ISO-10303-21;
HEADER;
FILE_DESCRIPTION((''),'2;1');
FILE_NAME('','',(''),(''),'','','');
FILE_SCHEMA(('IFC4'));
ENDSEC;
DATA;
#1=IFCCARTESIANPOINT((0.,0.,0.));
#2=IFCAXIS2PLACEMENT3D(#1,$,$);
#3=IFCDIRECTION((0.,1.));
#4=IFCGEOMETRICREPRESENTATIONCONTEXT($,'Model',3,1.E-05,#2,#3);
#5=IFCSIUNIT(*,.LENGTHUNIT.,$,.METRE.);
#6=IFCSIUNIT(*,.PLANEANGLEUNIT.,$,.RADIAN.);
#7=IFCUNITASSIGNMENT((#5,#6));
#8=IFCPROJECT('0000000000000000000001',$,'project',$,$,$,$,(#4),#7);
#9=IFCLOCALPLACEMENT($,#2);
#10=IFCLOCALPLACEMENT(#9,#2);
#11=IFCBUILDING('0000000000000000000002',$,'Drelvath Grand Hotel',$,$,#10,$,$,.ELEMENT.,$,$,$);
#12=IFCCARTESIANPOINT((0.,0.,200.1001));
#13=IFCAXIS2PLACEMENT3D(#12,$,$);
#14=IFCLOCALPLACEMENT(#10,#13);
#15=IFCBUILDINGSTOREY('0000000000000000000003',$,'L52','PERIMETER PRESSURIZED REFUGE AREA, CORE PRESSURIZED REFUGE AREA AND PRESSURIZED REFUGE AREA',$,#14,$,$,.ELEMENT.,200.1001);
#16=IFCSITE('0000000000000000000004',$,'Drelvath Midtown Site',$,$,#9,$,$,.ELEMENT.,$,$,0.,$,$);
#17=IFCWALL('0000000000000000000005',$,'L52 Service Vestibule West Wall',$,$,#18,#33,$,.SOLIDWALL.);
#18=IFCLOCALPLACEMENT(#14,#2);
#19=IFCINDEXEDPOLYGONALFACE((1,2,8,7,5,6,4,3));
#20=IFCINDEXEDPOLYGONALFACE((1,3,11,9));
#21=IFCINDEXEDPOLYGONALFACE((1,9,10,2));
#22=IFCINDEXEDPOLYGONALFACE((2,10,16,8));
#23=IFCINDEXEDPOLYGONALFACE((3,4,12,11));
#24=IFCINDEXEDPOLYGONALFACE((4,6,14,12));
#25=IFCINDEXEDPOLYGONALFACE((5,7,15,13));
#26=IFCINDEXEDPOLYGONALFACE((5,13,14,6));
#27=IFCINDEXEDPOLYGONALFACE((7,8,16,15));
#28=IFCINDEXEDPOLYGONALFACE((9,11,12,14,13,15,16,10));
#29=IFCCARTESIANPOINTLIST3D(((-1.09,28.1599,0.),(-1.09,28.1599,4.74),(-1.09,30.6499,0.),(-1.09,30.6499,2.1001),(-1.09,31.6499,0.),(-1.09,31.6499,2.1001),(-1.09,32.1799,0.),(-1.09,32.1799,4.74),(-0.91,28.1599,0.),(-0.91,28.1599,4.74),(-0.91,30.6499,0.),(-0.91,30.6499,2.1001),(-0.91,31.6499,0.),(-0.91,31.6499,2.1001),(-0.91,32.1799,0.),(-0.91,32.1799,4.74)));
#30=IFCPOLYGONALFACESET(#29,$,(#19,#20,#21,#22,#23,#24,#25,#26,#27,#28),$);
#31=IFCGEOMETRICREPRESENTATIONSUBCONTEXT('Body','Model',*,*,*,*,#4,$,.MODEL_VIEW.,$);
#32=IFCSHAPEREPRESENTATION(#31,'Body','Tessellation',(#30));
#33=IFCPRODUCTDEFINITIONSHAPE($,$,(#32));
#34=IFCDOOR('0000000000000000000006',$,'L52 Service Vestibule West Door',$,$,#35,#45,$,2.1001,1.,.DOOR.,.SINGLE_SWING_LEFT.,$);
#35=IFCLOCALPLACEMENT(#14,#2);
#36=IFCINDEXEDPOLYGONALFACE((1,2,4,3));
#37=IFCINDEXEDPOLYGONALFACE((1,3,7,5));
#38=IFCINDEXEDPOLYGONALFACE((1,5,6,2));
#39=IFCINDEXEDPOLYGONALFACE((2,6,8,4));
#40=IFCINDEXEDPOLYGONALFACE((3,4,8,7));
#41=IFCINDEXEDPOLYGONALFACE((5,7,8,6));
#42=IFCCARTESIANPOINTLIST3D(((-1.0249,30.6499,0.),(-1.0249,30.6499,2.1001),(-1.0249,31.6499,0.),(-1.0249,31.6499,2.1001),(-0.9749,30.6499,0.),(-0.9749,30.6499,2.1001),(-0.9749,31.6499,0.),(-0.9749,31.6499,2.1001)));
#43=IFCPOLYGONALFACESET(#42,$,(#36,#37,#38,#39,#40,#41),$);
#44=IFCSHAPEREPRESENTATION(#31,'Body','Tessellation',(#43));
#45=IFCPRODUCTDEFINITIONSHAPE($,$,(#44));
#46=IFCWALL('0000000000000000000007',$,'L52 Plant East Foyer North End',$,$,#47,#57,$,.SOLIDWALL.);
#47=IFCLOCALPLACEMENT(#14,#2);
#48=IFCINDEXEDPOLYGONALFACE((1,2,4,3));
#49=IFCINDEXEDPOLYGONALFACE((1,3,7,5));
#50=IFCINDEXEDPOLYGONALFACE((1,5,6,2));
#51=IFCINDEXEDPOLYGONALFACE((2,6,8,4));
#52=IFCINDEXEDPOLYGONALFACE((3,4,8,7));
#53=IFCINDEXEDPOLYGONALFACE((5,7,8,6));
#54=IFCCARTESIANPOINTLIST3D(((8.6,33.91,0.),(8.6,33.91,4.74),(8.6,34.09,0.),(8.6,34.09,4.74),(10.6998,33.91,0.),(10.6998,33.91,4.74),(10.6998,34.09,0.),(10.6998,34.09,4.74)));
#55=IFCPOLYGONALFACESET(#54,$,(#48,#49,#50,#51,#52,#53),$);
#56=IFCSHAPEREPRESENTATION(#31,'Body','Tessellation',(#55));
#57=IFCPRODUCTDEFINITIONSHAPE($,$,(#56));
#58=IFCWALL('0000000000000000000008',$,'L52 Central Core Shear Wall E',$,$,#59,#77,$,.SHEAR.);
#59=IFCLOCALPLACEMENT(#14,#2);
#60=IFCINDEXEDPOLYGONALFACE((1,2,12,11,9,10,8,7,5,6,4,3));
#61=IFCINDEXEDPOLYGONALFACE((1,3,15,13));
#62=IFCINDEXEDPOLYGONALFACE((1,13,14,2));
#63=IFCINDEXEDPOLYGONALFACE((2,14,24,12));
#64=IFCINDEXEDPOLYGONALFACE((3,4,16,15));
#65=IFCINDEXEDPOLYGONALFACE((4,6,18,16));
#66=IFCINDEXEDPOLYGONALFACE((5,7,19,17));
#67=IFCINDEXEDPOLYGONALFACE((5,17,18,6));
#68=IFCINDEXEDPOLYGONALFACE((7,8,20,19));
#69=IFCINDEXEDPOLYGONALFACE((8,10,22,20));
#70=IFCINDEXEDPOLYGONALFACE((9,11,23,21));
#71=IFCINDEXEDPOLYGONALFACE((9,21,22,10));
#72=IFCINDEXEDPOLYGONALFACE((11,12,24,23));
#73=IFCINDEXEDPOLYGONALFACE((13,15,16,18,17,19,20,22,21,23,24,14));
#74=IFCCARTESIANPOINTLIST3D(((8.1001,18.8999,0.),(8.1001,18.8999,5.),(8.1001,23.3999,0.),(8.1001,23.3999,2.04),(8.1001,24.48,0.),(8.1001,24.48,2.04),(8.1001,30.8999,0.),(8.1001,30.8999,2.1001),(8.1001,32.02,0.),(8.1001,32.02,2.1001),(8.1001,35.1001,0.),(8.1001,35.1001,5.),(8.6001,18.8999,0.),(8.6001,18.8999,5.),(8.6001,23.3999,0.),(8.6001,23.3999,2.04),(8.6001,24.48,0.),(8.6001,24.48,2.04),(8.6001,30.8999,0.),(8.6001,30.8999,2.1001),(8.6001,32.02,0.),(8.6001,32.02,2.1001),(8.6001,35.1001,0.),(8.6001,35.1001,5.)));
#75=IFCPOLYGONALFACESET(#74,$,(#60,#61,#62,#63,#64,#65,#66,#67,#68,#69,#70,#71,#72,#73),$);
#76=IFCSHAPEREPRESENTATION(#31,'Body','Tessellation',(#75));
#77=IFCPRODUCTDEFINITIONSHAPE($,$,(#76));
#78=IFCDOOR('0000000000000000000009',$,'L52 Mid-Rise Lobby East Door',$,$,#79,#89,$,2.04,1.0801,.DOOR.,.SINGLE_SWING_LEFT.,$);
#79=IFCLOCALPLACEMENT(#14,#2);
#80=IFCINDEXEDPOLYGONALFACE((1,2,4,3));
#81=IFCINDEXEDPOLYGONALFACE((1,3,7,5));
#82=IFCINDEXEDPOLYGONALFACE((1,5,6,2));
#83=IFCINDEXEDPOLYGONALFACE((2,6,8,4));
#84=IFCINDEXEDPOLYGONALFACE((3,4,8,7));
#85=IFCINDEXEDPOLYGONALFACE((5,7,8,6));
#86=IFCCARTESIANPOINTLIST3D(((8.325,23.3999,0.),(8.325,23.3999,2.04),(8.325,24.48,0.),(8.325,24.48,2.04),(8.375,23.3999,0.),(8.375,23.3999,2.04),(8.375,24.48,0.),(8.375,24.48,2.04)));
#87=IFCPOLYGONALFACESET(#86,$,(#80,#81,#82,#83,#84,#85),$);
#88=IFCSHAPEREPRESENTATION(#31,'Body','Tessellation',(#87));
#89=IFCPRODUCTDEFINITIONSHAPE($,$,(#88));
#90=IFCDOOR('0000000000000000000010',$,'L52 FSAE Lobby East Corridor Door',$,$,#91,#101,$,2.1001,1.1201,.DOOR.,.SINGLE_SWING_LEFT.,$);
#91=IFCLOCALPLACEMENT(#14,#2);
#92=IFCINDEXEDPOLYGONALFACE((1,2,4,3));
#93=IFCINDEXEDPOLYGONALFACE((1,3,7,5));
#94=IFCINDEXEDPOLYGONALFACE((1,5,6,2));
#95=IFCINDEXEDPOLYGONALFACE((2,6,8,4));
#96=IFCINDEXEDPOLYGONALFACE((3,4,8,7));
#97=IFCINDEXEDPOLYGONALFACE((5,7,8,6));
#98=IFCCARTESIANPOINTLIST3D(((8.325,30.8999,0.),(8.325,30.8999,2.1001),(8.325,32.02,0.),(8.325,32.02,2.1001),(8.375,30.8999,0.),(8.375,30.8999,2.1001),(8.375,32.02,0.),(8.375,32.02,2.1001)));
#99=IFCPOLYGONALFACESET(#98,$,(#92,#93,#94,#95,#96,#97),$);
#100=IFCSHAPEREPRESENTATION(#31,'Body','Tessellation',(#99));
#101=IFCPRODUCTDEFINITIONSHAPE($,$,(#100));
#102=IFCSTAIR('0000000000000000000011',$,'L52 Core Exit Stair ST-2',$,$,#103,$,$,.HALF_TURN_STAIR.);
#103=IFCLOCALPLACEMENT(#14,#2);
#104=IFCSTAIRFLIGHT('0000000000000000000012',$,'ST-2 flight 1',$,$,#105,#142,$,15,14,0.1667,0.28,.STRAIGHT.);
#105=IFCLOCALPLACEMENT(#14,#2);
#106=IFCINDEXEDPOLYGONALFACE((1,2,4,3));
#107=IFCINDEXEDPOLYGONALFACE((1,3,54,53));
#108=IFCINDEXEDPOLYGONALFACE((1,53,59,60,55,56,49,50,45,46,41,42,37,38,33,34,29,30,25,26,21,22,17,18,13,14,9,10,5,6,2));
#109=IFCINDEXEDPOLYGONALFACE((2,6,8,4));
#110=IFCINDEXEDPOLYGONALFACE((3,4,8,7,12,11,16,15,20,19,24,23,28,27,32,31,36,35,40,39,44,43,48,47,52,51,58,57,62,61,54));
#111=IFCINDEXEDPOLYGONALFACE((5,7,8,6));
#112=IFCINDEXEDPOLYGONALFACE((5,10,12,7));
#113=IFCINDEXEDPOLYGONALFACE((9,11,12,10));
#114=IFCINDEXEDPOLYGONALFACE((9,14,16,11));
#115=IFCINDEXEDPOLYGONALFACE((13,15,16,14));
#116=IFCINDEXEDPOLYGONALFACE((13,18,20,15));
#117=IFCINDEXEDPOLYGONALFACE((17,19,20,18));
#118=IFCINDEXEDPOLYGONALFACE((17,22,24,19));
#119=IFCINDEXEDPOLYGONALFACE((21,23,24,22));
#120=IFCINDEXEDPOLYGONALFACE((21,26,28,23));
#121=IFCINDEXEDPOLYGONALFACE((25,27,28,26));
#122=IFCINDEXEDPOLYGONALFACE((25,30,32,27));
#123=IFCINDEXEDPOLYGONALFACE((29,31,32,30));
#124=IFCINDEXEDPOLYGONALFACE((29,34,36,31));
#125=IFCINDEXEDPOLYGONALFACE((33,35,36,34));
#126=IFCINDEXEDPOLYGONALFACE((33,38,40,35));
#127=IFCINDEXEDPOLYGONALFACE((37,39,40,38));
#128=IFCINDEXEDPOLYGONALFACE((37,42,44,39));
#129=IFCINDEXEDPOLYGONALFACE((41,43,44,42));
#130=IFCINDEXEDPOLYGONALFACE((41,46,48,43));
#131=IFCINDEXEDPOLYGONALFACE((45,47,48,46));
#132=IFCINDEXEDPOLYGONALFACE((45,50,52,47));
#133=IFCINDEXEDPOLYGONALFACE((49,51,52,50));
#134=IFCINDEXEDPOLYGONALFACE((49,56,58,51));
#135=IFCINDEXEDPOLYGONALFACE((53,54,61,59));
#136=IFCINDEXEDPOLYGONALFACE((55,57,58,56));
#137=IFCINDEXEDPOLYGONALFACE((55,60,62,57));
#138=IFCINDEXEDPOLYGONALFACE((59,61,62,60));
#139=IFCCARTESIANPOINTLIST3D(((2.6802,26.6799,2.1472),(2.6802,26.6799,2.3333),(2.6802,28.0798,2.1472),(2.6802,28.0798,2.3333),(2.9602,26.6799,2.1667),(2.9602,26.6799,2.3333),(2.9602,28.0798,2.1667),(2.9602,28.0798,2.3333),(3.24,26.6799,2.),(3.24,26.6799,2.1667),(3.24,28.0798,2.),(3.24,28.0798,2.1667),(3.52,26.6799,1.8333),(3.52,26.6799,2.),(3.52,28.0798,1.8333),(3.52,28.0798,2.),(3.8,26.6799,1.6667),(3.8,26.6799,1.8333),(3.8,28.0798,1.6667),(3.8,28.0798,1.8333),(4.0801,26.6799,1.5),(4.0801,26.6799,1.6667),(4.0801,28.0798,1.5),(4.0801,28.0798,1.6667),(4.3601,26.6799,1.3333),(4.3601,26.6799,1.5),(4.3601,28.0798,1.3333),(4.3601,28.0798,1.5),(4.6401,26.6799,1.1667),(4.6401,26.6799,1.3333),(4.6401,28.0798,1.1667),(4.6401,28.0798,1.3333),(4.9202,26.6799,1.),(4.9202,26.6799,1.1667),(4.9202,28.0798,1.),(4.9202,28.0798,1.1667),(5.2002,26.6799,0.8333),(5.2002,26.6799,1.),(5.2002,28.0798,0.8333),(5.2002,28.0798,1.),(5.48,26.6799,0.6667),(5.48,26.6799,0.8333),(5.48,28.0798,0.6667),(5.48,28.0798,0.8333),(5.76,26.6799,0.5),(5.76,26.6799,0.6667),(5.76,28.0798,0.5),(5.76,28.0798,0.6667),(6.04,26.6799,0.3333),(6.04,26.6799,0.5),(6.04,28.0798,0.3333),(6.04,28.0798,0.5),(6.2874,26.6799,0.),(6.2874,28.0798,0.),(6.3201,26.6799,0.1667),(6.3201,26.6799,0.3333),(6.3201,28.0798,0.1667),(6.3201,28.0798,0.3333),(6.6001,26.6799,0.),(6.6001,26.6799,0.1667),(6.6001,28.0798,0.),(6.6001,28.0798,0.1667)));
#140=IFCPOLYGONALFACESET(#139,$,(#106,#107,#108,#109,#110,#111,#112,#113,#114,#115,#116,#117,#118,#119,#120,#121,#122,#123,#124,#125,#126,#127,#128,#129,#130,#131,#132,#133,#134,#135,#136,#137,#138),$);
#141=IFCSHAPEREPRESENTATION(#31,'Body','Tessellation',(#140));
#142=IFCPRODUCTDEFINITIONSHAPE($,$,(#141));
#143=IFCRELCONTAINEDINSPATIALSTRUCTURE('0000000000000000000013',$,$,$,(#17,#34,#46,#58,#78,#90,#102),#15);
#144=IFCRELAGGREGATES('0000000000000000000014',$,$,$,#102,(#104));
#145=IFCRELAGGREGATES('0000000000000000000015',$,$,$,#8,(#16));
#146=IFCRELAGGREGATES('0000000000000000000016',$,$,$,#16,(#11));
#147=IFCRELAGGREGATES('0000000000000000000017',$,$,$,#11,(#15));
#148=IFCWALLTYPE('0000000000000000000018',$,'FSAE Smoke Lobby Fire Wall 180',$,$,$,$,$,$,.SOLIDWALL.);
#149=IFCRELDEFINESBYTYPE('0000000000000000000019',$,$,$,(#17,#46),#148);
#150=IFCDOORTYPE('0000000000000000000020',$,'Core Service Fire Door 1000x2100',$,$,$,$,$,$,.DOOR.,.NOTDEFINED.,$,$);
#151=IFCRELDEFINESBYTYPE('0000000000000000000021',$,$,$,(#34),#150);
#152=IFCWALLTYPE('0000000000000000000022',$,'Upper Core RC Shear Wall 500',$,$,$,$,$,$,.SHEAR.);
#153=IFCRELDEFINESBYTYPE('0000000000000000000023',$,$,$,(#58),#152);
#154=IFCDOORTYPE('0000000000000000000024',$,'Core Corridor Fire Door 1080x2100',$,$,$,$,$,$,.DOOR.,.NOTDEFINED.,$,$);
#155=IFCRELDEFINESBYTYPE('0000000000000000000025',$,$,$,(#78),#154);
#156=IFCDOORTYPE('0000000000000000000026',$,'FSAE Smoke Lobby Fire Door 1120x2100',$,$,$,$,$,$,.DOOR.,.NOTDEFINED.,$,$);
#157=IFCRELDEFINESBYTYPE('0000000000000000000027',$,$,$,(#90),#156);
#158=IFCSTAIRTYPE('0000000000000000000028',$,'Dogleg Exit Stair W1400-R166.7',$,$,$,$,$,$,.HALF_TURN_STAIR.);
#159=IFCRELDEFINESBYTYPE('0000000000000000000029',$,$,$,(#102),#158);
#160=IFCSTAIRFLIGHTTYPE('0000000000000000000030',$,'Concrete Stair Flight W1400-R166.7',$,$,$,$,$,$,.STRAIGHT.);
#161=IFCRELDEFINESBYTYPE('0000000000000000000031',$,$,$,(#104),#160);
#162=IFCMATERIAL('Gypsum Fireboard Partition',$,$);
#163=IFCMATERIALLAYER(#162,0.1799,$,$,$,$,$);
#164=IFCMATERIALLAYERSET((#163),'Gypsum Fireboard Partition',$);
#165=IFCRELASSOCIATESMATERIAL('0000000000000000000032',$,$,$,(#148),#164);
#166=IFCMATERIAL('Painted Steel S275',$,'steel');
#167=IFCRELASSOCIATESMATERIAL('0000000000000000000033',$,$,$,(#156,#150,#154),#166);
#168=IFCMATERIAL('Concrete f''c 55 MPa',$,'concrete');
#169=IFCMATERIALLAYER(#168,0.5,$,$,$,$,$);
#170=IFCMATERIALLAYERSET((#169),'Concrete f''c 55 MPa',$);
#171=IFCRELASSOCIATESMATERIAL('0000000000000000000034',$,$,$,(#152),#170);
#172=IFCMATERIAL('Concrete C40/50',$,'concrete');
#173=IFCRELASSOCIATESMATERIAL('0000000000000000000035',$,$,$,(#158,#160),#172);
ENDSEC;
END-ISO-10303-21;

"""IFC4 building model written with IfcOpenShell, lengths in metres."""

from ifc_helpers import new_model, si_unit, direction, frame, frame_2d, origin, place, context, subcontext, project, spatial, polyline, rectangle, outline, extrude, material, layer, layer_set, type_object, element, fill, aggregate, save


model = new_model("IFC4")

# Units and contexts
model_context = context("Model", 3, precision=1e-05, world=origin(), true_north=direction((0.0, 1.0)))
body_context = subcontext(model_context, "Body", "Model", "MODEL_VIEW")
ifc_project = project(units=[si_unit("LENGTHUNIT", "METRE"), si_unit("PLANEANGLEUNIT", "RADIAN")], contexts=[model_context])

# Site, building, storey
site_placement = place(None, origin())
site = spatial("IfcSite", under=ifc_project, at=site_placement, Name="Drelvath Midtown Site", CompositionType="ELEMENT", RefElevation=0.0)
building_placement = place(site_placement, origin())
building = spatial("IfcBuilding", under=site, at=building_placement, Name="Drelvath Grand Hotel", CompositionType="ELEMENT")
storey_placement = place(building_placement, frame((0.0, 0.0, 200.1001)))
storey = spatial("IfcBuildingStorey", under=building, at=storey_placement, Name="L52", Description="PERIMETER PRESSURIZED REFUGE AREA, CORE PRESSURIZED REFUGE AREA AND PRESSURIZED REFUGE AREA", CompositionType="ELEMENT", Elevation=200.1001)

# Shared definitions
ifc_material_1 = material(Name="Concrete f'c 55 MPa", Category="concrete")

# Shared definitions
ifc_material_2 = material(Name="Concrete C40/50", Category="concrete")

# Shared definitions
ifc_material_3 = material(Name="Painted Steel S275", Category="steel")

# Shared definitions
ifc_material_4 = material(Name="Gypsum Fireboard Partition")

# Wall, opening, door
ifc_layer_1 = layer(ifc_material_4, 0.1799)
ifc_layer_set_1 = layer_set([ifc_layer_1], Name="Gypsum Fireboard Partition")
wall_type_1 = type_object("IfcWallType", Name="FSAE Smoke Lobby Fire Wall 180", PredefinedType="SOLIDWALL", material=ifc_layer_set_1)
door_type_1 = type_object("IfcDoorType", Name="FSAE Smoke Lobby Fire Door 1120x2100", OperationType="NOTDEFINED", PredefinedType="DOOR", material=ifc_material_3)
wall_1_placement = place(storey_placement, frame((-1.0, 28.1599, 0.0), z_axis=(0.0, 0.0, 1.0), x_axis=(0.0, 1.0, 0.0)))
wall_1 = element("IfcWall", 1, at=wall_1_placement, inside=storey, type_object=wall_type_1, Name="L52 Service Vestibule West Wall", PredefinedType="SOLIDWALL", context=body_context, shape_type="SweptSolid", body=[
    extrude(rectangle(XDim=4.02, YDim=0.1799, at=frame_2d((2.01, 0.0))), origin(), (0.0, 0.0, 1.0), 4.74),
])
opening_1_placement = place(wall_1_placement, frame((2.49, 0.0, 0.0)))
opening_1 = element("IfcOpeningElement", 2, at=opening_1_placement, cuts=wall_1, PredefinedType="OPENING", context=body_context, shape_type="SweptSolid", body=[
    extrude(rectangle(XDim=1.0, YDim=2.1001, at=frame_2d((0.5, 1.05))), frame((0.0, 0.0999, 0.0), z_axis=(0.0, -1.0, 0.0), x_axis=(1.0, 0.0, 0.0)), (0.0, 0.0, 1.0), 0.2),
])
door_type_2 = type_object("IfcDoorType", Name="Core Service Fire Door 1000x2100", OperationType="NOTDEFINED", PredefinedType="DOOR", material=ifc_material_3)
door_1_placement = place(opening_1_placement, origin())
door_1 = element("IfcDoor", 3, at=door_1_placement, inside=storey, type_object=door_type_2, Name="L52 Service Vestibule West Door", OperationType="SINGLE_SWING_LEFT", OverallHeight=2.1001, OverallWidth=1.0, PredefinedType="DOOR", context=body_context, shape_type="SweptSolid", body=[
    extrude(rectangle(XDim=1.0, YDim=2.1001, at=frame_2d((0.5, 1.05))), frame((0.0, 0.0249, 0.0), z_axis=(0.0, -1.0, 0.0), x_axis=(1.0, 0.0, 0.0)), (0.0, 0.0, 1.0), 0.05),
])
fill(opening_1, door_1)

# Wall
wall_2_placement = place(storey_placement, frame((8.6001, 34.0, 0.0), z_axis=(0.0, 0.0, 1.0), x_axis=(1.0, 0.0, 0.0)))
element("IfcWall", 4, at=wall_2_placement, inside=storey, type_object=wall_type_1, Name="L52 Plant East Foyer North End", PredefinedType="SOLIDWALL", context=body_context, shape_type="SweptSolid", body=[
    extrude(rectangle(XDim=2.0999, YDim=0.1799, at=frame_2d((1.0498, 0.0))), origin(), (0.0, 0.0, 1.0), 4.74),
])

# Wall, openings, doors
ifc_layer_2 = layer(ifc_material_1, 0.5)
ifc_layer_set_2 = layer_set([ifc_layer_2], Name="Concrete f'c 55 MPa")
wall_type_2 = type_object("IfcWallType", Name="Upper Core RC Shear Wall 500", PredefinedType="SHEAR", material=ifc_layer_set_2)
wall_3_placement = place(storey_placement, frame((8.3501, 35.1001, 0.0), z_axis=(0.0, 0.0, 1.0), x_axis=(0.0, -1.0, 0.0)))
wall_3 = element("IfcWall", 5, at=wall_3_placement, inside=storey, type_object=wall_type_2, Name="L52 Central Core Shear Wall E", PredefinedType="SHEAR", context=body_context, shape_type="SweptSolid", body=[
    extrude(rectangle(XDim=16.2002, YDim=0.5, at=frame_2d((8.1001, 0.0))), origin(), (0.0, 0.0, 1.0), 5.0),
])
opening_2_placement = place(wall_3_placement, frame((3.0801, 0.0, 0.0)))
opening_2 = element("IfcOpeningElement", 6, at=opening_2_placement, cuts=wall_3, PredefinedType="OPENING", context=body_context, shape_type="SweptSolid", body=[
    extrude(rectangle(XDim=1.1201, YDim=2.1001, at=frame_2d((0.5601, 1.05))), frame((0.0, 0.26, 0.0), z_axis=(0.0, -1.0, 0.0), x_axis=(1.0, 0.0, 0.0)), (0.0, 0.0, 1.0), 0.52),
])
opening_3_placement = place(wall_3_placement, frame((10.6201, 0.0, 0.0)))
opening_3 = element("IfcOpeningElement", 7, at=opening_3_placement, cuts=wall_3, PredefinedType="OPENING", context=body_context, shape_type="SweptSolid", body=[
    extrude(rectangle(XDim=1.0801, YDim=2.04, at=frame_2d((0.54, 1.02))), frame((0.0, 0.26, 0.0), z_axis=(0.0, -1.0, 0.0), x_axis=(1.0, 0.0, 0.0)), (0.0, 0.0, 1.0), 0.52),
])
door_type_3 = type_object("IfcDoorType", Name="Core Corridor Fire Door 1080x2100", OperationType="NOTDEFINED", PredefinedType="DOOR", material=ifc_material_3)
door_2_placement = place(opening_3_placement, origin())
door_2 = element("IfcDoor", 8, at=door_2_placement, inside=storey, type_object=door_type_3, Name="L52 Mid-Rise Lobby East Door", OperationType="SINGLE_SWING_LEFT", OverallHeight=2.04, OverallWidth=1.0801, PredefinedType="DOOR", context=body_context, shape_type="SweptSolid", body=[
    extrude(rectangle(XDim=1.0801, YDim=2.04, at=frame_2d((0.54, 1.02))), frame((0.0, 0.0249, 0.0), z_axis=(0.0, -1.0, 0.0), x_axis=(1.0, 0.0, 0.0)), (0.0, 0.0, 1.0), 0.05),
])
fill(opening_3, door_2)
door_3_placement = place(opening_2_placement, origin())
door_3 = element("IfcDoor", 9, at=door_3_placement, inside=storey, type_object=door_type_1, Name="L52 FSAE Lobby East Corridor Door", OperationType="SINGLE_SWING_LEFT", OverallHeight=2.1001, OverallWidth=1.1201, PredefinedType="DOOR", context=body_context, shape_type="SweptSolid", body=[
    extrude(rectangle(XDim=1.1201, YDim=2.1001, at=frame_2d((0.5601, 1.05))), frame((0.0, 0.0249, 0.0), z_axis=(0.0, -1.0, 0.0), x_axis=(1.0, 0.0, 0.0)), (0.0, 0.0, 1.0), 0.05),
])
fill(opening_2, door_3)

# Stair, stair flight
stair_type = type_object("IfcStairType", Name="Dogleg Exit Stair W1400-R166.7", PredefinedType="HALF_TURN_STAIR", material=ifc_material_2)
stair_placement = place(storey_placement, origin())
stair = element("IfcStair", 10, at=stair_placement, inside=storey, type_object=stair_type, Name="L52 Core Exit Stair ST-2", PredefinedType="HALF_TURN_STAIR")
stair_flight_type = type_object("IfcStairFlightType", Name="Concrete Stair Flight W1400-R166.7", PredefinedType="STRAIGHT", material=ifc_material_2)
stair_flight_placement = place(storey_placement, frame((6.6001, 27.3799, 0.0), z_axis=(0.0, 0.0, 1.0), x_axis=(-1.0, 0.0, 0.0)))
stair_flight = element("IfcStairFlight", 11, at=stair_flight_placement, type_object=stair_flight_type, Name="ST-2 flight 1", NumberOfRisers=15, NumberOfTreads=14, PredefinedType="STRAIGHT", RiserHeight=0.1667, TreadLength=0.28, context=body_context, shape_type="SweptSolid", body=[
    extrude(outline(polyline([(0.0, 0.0), (0.0, 0.1667), (0.28, 0.1667), (0.28, 0.3333), (0.5601, 0.3333), (0.5601, 0.5), (0.8401, 0.5), (0.8401, 0.6667), (1.1201, 0.6667), (1.1201, 0.8333), (1.3999, 0.8333), (1.3999, 1.0), (1.6799, 1.0), (1.6799, 1.1667), (1.96, 1.1667), (1.96, 1.3333), (2.24, 1.3333), (2.24, 1.5), (2.52, 1.5), (2.52, 1.6667), (2.8, 1.6667), (2.8, 1.8333), (3.0801, 1.8333), (3.0801, 2.0), (3.3601, 2.0), (3.3601, 2.1667), (3.6399, 2.1667), (3.6399, 2.3333), (3.9199, 2.3333), (3.9199, 2.5), (3.9199, 2.1472), (0.3127, 0.0), (0.0, 0.0)])), frame((0.0, 0.7, 0.0), z_axis=(0.0, -1.0, 0.0), x_axis=(1.0, 0.0, 0.0)), (0.0, 0.0, 1.0), 1.3999),
])
aggregate(stair, [stair_flight])

save(model, "model.ifc")
